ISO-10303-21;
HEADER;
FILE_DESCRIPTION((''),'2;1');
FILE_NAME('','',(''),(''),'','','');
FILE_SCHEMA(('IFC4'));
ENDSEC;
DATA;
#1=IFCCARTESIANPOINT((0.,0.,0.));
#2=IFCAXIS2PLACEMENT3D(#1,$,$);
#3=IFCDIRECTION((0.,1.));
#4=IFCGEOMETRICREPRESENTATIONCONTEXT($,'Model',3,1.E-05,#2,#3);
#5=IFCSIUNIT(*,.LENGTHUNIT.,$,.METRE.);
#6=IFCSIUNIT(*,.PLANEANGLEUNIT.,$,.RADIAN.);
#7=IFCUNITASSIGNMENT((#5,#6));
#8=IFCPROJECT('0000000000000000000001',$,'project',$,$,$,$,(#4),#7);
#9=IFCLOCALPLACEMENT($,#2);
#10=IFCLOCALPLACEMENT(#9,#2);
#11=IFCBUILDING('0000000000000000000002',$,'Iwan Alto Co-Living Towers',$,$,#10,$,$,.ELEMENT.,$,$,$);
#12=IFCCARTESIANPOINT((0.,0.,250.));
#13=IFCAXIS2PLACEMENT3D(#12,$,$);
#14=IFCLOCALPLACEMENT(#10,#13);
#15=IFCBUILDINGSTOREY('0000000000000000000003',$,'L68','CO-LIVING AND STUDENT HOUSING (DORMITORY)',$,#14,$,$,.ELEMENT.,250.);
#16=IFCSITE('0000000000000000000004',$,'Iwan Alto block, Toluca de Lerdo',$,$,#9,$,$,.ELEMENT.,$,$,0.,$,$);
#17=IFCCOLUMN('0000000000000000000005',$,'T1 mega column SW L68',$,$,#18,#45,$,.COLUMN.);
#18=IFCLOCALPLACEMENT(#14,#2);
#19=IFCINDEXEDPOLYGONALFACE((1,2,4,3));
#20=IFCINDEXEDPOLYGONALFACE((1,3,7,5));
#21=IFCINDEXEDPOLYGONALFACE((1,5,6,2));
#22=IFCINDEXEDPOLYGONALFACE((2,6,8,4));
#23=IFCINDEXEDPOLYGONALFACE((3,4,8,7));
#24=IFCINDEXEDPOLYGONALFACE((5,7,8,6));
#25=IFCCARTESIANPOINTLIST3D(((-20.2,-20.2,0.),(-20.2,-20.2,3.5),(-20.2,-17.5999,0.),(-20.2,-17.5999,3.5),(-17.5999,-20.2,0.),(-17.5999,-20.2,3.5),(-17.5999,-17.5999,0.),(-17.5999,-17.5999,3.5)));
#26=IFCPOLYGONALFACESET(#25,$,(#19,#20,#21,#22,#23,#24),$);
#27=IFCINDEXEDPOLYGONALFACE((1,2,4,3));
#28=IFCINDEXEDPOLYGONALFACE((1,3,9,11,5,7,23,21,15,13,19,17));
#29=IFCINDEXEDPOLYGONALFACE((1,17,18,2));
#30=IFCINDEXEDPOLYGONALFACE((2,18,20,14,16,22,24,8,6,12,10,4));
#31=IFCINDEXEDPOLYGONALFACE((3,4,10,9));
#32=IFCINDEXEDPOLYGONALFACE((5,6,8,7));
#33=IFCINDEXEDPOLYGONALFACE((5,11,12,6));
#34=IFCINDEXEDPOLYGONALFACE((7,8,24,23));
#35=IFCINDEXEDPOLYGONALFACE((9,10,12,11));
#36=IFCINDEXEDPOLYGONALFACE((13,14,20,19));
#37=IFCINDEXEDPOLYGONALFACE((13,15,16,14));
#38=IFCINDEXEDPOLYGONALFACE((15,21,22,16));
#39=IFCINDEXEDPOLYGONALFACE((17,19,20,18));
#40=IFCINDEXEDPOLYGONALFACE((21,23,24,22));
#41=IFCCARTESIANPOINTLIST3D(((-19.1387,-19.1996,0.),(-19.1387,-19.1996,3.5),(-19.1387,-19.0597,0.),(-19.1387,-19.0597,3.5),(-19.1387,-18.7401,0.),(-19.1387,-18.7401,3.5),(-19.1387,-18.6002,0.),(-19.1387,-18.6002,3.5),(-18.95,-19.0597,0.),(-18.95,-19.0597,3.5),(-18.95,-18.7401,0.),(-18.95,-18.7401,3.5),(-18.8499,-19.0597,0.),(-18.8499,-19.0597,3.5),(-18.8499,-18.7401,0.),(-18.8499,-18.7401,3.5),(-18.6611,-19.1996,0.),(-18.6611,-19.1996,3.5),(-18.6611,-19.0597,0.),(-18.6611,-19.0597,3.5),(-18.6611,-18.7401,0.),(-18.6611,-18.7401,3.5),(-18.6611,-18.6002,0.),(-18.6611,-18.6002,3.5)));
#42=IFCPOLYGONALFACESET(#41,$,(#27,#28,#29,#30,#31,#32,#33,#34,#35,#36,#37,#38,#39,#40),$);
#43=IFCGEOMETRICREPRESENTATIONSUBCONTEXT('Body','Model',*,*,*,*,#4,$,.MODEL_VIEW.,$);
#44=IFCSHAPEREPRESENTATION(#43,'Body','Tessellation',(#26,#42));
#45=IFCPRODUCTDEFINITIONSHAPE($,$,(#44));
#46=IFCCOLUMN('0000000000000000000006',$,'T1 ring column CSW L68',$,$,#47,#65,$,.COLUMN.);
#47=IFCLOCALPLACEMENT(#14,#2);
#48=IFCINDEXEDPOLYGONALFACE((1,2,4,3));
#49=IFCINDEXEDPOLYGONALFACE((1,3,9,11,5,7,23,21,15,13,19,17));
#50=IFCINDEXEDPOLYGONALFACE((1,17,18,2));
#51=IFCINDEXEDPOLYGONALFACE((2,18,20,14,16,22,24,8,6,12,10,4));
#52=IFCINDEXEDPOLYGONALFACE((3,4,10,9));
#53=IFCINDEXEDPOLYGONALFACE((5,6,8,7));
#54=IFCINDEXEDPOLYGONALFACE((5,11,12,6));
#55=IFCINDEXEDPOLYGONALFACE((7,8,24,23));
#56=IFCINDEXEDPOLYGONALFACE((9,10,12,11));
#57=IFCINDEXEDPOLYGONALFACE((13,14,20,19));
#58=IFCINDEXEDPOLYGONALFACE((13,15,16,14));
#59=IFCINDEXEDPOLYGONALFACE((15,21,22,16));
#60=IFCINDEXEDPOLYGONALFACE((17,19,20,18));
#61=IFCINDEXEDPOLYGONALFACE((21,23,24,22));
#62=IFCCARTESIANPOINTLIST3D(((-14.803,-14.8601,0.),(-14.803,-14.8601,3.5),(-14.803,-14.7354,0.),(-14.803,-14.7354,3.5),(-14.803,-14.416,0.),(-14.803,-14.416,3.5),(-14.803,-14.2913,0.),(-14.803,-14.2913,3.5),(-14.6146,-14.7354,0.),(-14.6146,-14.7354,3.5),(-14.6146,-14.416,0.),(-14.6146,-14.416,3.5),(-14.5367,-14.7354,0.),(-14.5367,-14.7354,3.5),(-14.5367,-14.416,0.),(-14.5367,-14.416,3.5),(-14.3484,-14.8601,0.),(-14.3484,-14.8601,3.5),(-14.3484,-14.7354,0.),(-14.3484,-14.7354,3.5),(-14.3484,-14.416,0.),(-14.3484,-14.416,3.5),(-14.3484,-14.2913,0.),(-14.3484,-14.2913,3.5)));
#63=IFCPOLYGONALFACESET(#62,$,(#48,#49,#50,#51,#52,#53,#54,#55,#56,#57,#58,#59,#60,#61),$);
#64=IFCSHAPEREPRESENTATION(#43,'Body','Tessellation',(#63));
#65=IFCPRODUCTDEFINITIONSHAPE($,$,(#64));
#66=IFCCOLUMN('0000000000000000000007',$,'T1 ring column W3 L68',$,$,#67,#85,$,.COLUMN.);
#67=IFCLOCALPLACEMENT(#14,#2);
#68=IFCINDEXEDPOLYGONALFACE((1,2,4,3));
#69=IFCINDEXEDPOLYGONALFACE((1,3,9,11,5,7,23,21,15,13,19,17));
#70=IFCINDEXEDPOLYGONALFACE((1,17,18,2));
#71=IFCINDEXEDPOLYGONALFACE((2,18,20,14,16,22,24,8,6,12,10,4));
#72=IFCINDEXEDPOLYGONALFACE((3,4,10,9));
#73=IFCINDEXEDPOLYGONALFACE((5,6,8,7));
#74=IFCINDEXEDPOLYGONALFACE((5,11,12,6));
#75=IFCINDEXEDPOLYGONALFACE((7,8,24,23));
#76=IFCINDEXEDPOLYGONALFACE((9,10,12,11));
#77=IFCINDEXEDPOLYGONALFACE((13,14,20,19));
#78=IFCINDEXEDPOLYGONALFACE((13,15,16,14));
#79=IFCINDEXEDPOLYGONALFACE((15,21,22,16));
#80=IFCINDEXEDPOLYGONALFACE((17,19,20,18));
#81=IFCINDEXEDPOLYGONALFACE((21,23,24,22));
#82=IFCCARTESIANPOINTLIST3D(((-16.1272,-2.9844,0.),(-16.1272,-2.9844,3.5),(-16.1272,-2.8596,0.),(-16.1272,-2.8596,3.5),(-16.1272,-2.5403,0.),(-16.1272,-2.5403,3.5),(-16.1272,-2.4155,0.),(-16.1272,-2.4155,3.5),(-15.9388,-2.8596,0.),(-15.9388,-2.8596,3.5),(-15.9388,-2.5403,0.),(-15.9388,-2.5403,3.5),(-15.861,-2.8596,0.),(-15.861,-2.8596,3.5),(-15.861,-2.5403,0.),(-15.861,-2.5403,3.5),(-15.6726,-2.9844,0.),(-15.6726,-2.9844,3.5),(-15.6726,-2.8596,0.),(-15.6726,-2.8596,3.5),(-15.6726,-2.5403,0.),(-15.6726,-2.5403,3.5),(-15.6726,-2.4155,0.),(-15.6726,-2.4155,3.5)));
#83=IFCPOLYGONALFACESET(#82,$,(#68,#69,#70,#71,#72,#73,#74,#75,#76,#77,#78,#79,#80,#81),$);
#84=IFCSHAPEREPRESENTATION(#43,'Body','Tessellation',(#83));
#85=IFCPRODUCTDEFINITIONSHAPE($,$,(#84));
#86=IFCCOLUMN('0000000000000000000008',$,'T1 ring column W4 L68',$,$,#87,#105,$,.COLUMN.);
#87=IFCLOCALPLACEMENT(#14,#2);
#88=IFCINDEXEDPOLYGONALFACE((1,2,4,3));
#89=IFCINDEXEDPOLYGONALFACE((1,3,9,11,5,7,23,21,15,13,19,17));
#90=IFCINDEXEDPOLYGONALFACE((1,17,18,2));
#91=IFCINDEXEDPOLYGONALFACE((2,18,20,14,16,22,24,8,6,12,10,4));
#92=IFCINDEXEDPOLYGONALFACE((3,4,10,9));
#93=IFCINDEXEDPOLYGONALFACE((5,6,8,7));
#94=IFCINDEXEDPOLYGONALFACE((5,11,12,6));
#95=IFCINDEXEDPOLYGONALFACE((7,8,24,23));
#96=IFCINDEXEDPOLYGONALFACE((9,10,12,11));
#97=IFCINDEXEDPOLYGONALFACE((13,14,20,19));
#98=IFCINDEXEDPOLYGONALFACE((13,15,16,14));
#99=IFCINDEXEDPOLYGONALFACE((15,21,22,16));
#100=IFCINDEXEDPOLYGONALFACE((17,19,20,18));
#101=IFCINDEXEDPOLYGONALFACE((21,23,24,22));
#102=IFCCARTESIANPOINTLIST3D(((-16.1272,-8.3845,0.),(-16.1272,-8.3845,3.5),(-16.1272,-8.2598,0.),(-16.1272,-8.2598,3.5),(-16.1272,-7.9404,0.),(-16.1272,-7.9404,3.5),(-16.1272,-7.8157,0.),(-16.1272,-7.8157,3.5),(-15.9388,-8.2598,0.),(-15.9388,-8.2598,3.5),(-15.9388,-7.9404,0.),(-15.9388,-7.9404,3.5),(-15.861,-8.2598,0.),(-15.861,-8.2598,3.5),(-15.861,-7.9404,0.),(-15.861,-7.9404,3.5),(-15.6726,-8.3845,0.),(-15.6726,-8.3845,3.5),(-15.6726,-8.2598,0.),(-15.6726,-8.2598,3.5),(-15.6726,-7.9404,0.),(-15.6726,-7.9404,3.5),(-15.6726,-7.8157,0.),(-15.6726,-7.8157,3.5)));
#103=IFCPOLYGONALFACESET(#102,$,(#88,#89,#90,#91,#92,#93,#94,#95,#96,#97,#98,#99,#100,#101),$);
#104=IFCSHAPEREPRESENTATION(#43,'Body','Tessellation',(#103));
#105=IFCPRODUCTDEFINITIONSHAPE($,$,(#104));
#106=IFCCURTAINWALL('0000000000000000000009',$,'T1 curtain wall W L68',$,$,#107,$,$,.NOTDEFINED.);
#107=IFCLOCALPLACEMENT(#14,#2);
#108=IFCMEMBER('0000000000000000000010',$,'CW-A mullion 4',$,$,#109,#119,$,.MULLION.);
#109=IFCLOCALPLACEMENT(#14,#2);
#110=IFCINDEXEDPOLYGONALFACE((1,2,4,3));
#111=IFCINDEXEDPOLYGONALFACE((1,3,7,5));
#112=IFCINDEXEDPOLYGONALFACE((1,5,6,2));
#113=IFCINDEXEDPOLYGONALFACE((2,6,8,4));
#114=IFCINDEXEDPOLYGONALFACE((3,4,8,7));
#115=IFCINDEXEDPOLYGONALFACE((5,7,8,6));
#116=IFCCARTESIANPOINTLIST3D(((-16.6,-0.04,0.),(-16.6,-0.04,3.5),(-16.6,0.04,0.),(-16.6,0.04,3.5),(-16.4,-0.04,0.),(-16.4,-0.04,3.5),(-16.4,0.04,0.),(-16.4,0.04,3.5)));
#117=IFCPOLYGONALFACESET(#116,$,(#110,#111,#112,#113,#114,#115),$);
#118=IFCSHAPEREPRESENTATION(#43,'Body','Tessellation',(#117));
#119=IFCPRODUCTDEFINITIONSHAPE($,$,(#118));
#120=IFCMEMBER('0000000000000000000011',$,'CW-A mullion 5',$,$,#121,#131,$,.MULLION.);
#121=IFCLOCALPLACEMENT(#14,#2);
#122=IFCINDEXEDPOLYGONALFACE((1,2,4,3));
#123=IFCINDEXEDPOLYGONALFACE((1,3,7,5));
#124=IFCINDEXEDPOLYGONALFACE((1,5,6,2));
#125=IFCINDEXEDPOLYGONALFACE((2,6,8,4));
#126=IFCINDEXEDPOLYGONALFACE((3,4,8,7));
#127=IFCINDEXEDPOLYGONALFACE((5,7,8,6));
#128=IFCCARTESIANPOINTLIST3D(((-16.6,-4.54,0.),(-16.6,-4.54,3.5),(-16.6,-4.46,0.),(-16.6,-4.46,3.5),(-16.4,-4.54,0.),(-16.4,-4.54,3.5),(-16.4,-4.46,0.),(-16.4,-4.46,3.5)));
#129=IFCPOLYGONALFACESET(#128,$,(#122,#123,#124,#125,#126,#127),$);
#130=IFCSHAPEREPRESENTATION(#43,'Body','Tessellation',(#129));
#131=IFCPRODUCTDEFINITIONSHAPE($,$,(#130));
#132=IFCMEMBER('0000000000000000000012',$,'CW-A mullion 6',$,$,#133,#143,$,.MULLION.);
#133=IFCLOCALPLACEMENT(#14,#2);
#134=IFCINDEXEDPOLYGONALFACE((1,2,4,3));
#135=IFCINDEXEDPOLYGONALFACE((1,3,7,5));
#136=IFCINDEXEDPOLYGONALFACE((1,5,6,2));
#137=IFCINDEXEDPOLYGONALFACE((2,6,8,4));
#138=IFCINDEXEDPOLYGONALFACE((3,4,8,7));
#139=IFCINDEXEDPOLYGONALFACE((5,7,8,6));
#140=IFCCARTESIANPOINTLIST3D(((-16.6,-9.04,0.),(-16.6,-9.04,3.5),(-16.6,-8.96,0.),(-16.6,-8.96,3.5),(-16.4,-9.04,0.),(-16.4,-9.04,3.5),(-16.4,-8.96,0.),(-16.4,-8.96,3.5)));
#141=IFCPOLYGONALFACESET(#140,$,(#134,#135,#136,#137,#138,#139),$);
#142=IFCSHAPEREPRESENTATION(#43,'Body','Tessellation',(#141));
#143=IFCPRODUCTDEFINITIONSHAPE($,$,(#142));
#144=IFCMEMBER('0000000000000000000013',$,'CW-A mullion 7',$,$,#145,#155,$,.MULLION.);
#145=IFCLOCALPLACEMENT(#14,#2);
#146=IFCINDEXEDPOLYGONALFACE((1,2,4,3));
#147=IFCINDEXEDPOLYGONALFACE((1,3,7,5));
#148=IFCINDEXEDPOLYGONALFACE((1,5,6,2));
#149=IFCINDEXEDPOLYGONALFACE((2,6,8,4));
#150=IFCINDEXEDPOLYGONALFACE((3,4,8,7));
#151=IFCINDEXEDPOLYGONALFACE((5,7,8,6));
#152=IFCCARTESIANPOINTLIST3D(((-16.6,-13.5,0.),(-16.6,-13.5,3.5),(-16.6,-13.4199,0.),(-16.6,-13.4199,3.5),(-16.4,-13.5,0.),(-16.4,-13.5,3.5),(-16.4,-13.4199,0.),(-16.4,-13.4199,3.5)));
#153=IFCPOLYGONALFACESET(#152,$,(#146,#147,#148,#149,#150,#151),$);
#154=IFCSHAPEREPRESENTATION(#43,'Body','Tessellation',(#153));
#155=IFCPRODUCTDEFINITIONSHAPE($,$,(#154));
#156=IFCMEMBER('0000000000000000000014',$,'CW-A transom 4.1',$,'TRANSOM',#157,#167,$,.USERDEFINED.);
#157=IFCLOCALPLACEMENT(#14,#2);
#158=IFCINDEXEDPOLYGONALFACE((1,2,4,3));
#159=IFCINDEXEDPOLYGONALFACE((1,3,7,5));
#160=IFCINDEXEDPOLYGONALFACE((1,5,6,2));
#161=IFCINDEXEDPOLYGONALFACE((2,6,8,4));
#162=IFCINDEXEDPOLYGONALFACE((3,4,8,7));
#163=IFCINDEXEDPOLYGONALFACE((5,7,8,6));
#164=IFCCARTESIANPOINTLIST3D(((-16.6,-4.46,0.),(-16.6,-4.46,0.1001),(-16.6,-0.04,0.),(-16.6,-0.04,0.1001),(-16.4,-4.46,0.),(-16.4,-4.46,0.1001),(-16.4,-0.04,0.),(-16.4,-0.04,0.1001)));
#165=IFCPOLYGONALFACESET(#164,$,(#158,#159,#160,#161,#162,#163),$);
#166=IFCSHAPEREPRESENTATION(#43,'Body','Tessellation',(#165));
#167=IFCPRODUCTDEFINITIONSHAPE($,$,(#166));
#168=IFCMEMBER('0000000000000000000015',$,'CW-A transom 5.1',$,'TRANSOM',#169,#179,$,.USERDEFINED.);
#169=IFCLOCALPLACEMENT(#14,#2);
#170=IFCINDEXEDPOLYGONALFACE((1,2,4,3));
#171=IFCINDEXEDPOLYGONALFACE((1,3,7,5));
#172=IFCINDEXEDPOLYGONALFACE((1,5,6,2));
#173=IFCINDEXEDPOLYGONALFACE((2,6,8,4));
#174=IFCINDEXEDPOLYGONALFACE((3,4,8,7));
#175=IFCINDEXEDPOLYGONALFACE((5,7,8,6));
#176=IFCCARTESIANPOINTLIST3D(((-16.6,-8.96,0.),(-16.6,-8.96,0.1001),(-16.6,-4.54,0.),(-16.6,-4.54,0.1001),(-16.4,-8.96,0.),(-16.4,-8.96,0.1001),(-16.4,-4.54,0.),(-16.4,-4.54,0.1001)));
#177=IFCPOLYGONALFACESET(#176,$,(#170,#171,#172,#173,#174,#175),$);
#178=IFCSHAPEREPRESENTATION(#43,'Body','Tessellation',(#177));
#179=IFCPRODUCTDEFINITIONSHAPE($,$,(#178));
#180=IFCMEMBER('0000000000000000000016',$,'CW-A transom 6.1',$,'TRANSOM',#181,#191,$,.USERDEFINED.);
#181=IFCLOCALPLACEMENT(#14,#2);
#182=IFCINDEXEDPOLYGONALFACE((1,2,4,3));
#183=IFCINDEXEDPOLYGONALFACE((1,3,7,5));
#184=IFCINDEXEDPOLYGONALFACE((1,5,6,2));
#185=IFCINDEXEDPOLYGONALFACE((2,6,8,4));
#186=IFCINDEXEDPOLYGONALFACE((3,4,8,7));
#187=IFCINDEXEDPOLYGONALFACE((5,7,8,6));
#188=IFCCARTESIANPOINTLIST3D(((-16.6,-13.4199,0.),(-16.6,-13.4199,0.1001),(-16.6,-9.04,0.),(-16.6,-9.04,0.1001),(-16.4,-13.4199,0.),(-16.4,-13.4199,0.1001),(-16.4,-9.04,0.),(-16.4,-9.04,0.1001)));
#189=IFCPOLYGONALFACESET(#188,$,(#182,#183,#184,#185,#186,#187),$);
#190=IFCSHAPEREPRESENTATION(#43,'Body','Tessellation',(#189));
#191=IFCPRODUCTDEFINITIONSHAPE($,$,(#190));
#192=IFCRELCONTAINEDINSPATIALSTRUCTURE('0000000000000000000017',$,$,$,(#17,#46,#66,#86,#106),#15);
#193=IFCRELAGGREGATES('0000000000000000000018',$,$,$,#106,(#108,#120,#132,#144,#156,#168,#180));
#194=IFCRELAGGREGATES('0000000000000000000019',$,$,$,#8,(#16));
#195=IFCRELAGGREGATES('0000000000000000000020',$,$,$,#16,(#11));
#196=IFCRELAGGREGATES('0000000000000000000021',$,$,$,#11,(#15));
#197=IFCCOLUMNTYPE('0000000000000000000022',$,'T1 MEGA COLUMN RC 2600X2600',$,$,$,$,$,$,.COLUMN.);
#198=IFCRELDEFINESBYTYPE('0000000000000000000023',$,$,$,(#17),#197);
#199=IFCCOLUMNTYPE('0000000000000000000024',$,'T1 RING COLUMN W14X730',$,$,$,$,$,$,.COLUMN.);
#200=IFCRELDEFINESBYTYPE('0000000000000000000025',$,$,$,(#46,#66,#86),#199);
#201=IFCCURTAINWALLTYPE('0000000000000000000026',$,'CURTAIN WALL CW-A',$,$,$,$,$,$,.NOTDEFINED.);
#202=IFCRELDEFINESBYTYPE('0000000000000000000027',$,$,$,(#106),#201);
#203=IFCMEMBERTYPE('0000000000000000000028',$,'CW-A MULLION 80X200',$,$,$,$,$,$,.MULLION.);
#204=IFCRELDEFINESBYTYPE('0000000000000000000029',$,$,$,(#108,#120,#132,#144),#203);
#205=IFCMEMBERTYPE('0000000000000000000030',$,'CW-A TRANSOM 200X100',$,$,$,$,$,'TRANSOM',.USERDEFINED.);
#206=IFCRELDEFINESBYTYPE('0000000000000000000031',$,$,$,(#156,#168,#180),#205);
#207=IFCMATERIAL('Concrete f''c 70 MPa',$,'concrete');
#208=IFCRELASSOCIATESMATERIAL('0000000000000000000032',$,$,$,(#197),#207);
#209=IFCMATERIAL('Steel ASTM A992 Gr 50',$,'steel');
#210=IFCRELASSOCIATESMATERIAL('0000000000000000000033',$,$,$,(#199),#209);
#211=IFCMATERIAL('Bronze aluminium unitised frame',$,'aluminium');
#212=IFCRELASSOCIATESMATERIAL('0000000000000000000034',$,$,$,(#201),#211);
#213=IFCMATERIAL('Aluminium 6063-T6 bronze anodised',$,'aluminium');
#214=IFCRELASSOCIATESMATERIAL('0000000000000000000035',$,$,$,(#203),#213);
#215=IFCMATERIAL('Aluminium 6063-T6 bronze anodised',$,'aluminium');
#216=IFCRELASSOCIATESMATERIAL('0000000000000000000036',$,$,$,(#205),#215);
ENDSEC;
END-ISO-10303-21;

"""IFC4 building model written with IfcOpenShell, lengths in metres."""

from ifc_helpers import new_model, si_unit, direction, frame, origin, origin_2d, place, context, subcontext, project, spatial, rectangle, i_section, extrude, material, material_profile, profile_set, type_object, element, aggregate, save


model = new_model("IFC4")

# Units and contexts
model_context = context("Model", 3, precision=1e-05, world=origin(), true_north=direction((0.0, 1.0)))
body_context = subcontext(model_context, "Body", "Model", "MODEL_VIEW")
ifc_project = project(units=[si_unit("LENGTHUNIT", "METRE"), si_unit("PLANEANGLEUNIT", "RADIAN")], contexts=[model_context])

# Site, building, storey
site_placement = place(None, origin())
site = spatial("IfcSite", under=ifc_project, at=site_placement, Name="Iwan Alto block, Toluca de Lerdo", CompositionType="ELEMENT", RefElevation=0.0)
building_placement = place(site_placement, origin())
building = spatial("IfcBuilding", under=site, at=building_placement, Name="Iwan Alto Co-Living Towers", CompositionType="ELEMENT")
storey_placement = place(building_placement, frame((0.0, 0.0, 250.0)))
storey = spatial("IfcBuildingStorey", under=building, at=storey_placement, Name="L68", Description="CO-LIVING AND STUDENT HOUSING (DORMITORY)", CompositionType="ELEMENT", Elevation=250.0)

# Columns
ifc_material_1 = material(Name="Concrete f'c 70 MPa", Category="concrete")
ifc_material_profile_1 = material_profile(ifc_material_1, rectangle(XDim=2.6001, YDim=2.6001, at=origin_2d()), Name="RC 2600X2600")
ifc_profile_set_1 = profile_set([ifc_material_profile_1], Name="Concrete f'c 70 MPa")
column_type_1 = type_object("IfcColumnType", Name="T1 MEGA COLUMN RC 2600X2600", PredefinedType="COLUMN", material=ifc_profile_set_1)
column_placement = place(storey_placement, frame((-18.8999, -18.8999, 0.0), z_axis=(0.0, 0.0, 1.0), x_axis=(1.0, 0.0, 0.0)))
element("IfcColumn", 1, at=column_placement, inside=storey, type_object=column_type_1, Name="T1 mega column SW L68", PredefinedType="COLUMN", context=body_context, shape_type="SweptSolid", body=[
    extrude(rectangle(XDim=2.6001, YDim=2.6001, at=origin_2d()), origin(), (0.0, 0.0, 1.0), 3.5),
    extrude(i_section(OverallWidth=0.4775, OverallDepth=0.5994, WebThickness=0.1001, FlangeThickness=0.1399, at=origin_2d()), origin(), (0.0, 0.0, 1.0), 3.5),
])
ifc_material_2 = material(Name="Steel ASTM A992 Gr 50", Category="steel")
ifc_material_profile_2 = material_profile(ifc_material_2, i_section(OverallWidth=0.4546, OverallDepth=0.5688, WebThickness=0.0779, FlangeThickness=0.1248, at=origin_2d()), Name="W14X730")
ifc_profile_set_2 = profile_set([ifc_material_profile_2], Name="Steel ASTM A992 Gr 50")
column_type_2 = type_object("IfcColumnType", Name="T1 RING COLUMN W14X730", PredefinedType="COLUMN", material=ifc_profile_set_2)
for number, where, z_axis, x_axis, name in (
    (2, (-14.5757, -14.5757, 0.0), (0.0, 0.0, 1.0), (1.0, 0.0, 0.0), "T1 ring column CSW L68"),
    (3, (-15.8999, -2.7, 0.0), (0.0, 0.0, 1.0), (1.0, 0.0, 0.0), "T1 ring column W3 L68"),
    (4, (-15.8999, -8.1001, 0.0), (0.0, 0.0, 1.0), (1.0, 0.0, 0.0), "T1 ring column W4 L68"),
):
    element("IfcColumn", number, at=place(storey_placement, frame(where, z_axis=z_axis, x_axis=x_axis)), inside=storey, type_object=column_type_2, Name=name, PredefinedType="COLUMN", context=body_context, shape_type="SweptSolid", body=[
        extrude(i_section(OverallWidth=0.4546, OverallDepth=0.5688, WebThickness=0.0779, FlangeThickness=0.1248, at=origin_2d()), origin(), (0.0, 0.0, 1.0), 3.5),
    ])

# Curtain wall, members
ifc_material_3 = material(Name="Bronze aluminium unitised frame", Category="aluminium")
curtain_wall_type_1 = type_object("IfcCurtainWallType", Name="CURTAIN WALL CW-A", PredefinedType="NOTDEFINED", material=ifc_material_3)
curtain_wall_1_placement = place(storey_placement, origin())
curtain_wall_1 = element("IfcCurtainWall", 5, at=curtain_wall_1_placement, inside=storey, type_object=curtain_wall_type_1, Name="T1 curtain wall W L68", PredefinedType="NOTDEFINED")
ifc_material_4 = material(Name="Aluminium 6063-T6 bronze anodised", Category="aluminium")
ifc_material_profile_3 = material_profile(ifc_material_4, rectangle(XDim=0.2, YDim=0.0801, at=origin_2d()), Name="AL 80X200")
ifc_profile_set_3 = profile_set([ifc_material_profile_3], Name="Aluminium 6063-T6 bronze anodised")
member_type_1 = type_object("IfcMemberType", Name="CW-A MULLION 80X200", PredefinedType="MULLION", material=ifc_profile_set_3)
member_1_placement = place(storey_placement, frame((-16.5, 0.0, 0.0), z_axis=(0.0, 0.0, 1.0), x_axis=(1.0, 0.0, 0.0)))
member_1 = element("IfcMember", 6, at=member_1_placement, type_object=member_type_1, Name="CW-A mullion 4", PredefinedType="MULLION", context=body_context, shape_type="SweptSolid", body=[
    extrude(rectangle(XDim=0.2, YDim=0.0801, at=origin_2d()), origin(), (0.0, 0.0, 1.0), 3.5),
])
member_2_placement = place(storey_placement, frame((-16.5, -4.5, 0.0), z_axis=(0.0, 0.0, 1.0), x_axis=(1.0, 0.0, 0.0)))
member_2 = element("IfcMember", 7, at=member_2_placement, type_object=member_type_1, Name="CW-A mullion 5", PredefinedType="MULLION", context=body_context, shape_type="SweptSolid", body=[
    extrude(rectangle(XDim=0.2, YDim=0.0801, at=origin_2d()), origin(), (0.0, 0.0, 1.0), 3.5),
])
member_3_placement = place(storey_placement, frame((-16.5, -9.0, 0.0), z_axis=(0.0, 0.0, 1.0), x_axis=(1.0, 0.0, 0.0)))
member_3 = element("IfcMember", 8, at=member_3_placement, type_object=member_type_1, Name="CW-A mullion 6", PredefinedType="MULLION", context=body_context, shape_type="SweptSolid", body=[
    extrude(rectangle(XDim=0.2, YDim=0.0801, at=origin_2d()), origin(), (0.0, 0.0, 1.0), 3.5),
])
member_4_placement = place(storey_placement, frame((-16.5, -13.46, 0.0), z_axis=(0.0, 0.0, 1.0), x_axis=(1.0, 0.0, 0.0)))
member_4 = element("IfcMember", 9, at=member_4_placement, type_object=member_type_1, Name="CW-A mullion 7", PredefinedType="MULLION", context=body_context, shape_type="SweptSolid", body=[
    extrude(rectangle(XDim=0.2, YDim=0.0801, at=origin_2d()), origin(), (0.0, 0.0, 1.0), 3.5),
])
ifc_material_5 = material(Name="Aluminium 6063-T6 bronze anodised", Category="aluminium")
ifc_material_profile_4 = material_profile(ifc_material_5, rectangle(XDim=0.2, YDim=0.1001, at=origin_2d()), Name="AL 200X100")
ifc_profile_set_4 = profile_set([ifc_material_profile_4], Name="Aluminium 6063-T6 bronze anodised")
member_type_2 = type_object("IfcMemberType", Name="CW-A TRANSOM 200X100", ElementType="TRANSOM", PredefinedType="USERDEFINED", material=ifc_profile_set_4)
member_5_placement = place(storey_placement, frame((-16.5, -0.04, 0.05), z_axis=(0.0, -1.0, 0.0), x_axis=(1.0, 0.0, 0.0)))
member_5 = element("IfcMember", 10, at=member_5_placement, type_object=member_type_2, Name="CW-A transom 4.1", ObjectType="TRANSOM", PredefinedType="USERDEFINED", context=body_context, shape_type="SweptSolid", body=[
    extrude(rectangle(XDim=0.2, YDim=0.1001, at=origin_2d()), origin(), (0.0, 0.0, 1.0), 4.4199),
])
member_6_placement = place(storey_placement, frame((-16.5, -4.54, 0.05), z_axis=(0.0, -1.0, 0.0), x_axis=(1.0, 0.0, 0.0)))
member_6 = element("IfcMember", 11, at=member_6_placement, type_object=member_type_2, Name="CW-A transom 5.1", ObjectType="TRANSOM", PredefinedType="USERDEFINED", context=body_context, shape_type="SweptSolid", body=[
    extrude(rectangle(XDim=0.2, YDim=0.1001, at=origin_2d()), origin(), (0.0, 0.0, 1.0), 4.4199),
])
member_7_placement = place(storey_placement, frame((-16.5, -9.04, 0.05), z_axis=(0.0, -1.0, 0.0), x_axis=(1.0, 0.0, 0.0)))
member_7 = element("IfcMember", 12, at=member_7_placement, type_object=member_type_2, Name="CW-A transom 6.1", ObjectType="TRANSOM", PredefinedType="USERDEFINED", context=body_context, shape_type="SweptSolid", body=[
    extrude(rectangle(XDim=0.2, YDim=0.1001, at=origin_2d()), origin(), (0.0, 0.0, 1.0), 4.3799),
])

aggregate(curtain_wall_1, [member_1, member_2, member_3, member_4, member_5, member_6, member_7])

save(model, "model.ifc")
